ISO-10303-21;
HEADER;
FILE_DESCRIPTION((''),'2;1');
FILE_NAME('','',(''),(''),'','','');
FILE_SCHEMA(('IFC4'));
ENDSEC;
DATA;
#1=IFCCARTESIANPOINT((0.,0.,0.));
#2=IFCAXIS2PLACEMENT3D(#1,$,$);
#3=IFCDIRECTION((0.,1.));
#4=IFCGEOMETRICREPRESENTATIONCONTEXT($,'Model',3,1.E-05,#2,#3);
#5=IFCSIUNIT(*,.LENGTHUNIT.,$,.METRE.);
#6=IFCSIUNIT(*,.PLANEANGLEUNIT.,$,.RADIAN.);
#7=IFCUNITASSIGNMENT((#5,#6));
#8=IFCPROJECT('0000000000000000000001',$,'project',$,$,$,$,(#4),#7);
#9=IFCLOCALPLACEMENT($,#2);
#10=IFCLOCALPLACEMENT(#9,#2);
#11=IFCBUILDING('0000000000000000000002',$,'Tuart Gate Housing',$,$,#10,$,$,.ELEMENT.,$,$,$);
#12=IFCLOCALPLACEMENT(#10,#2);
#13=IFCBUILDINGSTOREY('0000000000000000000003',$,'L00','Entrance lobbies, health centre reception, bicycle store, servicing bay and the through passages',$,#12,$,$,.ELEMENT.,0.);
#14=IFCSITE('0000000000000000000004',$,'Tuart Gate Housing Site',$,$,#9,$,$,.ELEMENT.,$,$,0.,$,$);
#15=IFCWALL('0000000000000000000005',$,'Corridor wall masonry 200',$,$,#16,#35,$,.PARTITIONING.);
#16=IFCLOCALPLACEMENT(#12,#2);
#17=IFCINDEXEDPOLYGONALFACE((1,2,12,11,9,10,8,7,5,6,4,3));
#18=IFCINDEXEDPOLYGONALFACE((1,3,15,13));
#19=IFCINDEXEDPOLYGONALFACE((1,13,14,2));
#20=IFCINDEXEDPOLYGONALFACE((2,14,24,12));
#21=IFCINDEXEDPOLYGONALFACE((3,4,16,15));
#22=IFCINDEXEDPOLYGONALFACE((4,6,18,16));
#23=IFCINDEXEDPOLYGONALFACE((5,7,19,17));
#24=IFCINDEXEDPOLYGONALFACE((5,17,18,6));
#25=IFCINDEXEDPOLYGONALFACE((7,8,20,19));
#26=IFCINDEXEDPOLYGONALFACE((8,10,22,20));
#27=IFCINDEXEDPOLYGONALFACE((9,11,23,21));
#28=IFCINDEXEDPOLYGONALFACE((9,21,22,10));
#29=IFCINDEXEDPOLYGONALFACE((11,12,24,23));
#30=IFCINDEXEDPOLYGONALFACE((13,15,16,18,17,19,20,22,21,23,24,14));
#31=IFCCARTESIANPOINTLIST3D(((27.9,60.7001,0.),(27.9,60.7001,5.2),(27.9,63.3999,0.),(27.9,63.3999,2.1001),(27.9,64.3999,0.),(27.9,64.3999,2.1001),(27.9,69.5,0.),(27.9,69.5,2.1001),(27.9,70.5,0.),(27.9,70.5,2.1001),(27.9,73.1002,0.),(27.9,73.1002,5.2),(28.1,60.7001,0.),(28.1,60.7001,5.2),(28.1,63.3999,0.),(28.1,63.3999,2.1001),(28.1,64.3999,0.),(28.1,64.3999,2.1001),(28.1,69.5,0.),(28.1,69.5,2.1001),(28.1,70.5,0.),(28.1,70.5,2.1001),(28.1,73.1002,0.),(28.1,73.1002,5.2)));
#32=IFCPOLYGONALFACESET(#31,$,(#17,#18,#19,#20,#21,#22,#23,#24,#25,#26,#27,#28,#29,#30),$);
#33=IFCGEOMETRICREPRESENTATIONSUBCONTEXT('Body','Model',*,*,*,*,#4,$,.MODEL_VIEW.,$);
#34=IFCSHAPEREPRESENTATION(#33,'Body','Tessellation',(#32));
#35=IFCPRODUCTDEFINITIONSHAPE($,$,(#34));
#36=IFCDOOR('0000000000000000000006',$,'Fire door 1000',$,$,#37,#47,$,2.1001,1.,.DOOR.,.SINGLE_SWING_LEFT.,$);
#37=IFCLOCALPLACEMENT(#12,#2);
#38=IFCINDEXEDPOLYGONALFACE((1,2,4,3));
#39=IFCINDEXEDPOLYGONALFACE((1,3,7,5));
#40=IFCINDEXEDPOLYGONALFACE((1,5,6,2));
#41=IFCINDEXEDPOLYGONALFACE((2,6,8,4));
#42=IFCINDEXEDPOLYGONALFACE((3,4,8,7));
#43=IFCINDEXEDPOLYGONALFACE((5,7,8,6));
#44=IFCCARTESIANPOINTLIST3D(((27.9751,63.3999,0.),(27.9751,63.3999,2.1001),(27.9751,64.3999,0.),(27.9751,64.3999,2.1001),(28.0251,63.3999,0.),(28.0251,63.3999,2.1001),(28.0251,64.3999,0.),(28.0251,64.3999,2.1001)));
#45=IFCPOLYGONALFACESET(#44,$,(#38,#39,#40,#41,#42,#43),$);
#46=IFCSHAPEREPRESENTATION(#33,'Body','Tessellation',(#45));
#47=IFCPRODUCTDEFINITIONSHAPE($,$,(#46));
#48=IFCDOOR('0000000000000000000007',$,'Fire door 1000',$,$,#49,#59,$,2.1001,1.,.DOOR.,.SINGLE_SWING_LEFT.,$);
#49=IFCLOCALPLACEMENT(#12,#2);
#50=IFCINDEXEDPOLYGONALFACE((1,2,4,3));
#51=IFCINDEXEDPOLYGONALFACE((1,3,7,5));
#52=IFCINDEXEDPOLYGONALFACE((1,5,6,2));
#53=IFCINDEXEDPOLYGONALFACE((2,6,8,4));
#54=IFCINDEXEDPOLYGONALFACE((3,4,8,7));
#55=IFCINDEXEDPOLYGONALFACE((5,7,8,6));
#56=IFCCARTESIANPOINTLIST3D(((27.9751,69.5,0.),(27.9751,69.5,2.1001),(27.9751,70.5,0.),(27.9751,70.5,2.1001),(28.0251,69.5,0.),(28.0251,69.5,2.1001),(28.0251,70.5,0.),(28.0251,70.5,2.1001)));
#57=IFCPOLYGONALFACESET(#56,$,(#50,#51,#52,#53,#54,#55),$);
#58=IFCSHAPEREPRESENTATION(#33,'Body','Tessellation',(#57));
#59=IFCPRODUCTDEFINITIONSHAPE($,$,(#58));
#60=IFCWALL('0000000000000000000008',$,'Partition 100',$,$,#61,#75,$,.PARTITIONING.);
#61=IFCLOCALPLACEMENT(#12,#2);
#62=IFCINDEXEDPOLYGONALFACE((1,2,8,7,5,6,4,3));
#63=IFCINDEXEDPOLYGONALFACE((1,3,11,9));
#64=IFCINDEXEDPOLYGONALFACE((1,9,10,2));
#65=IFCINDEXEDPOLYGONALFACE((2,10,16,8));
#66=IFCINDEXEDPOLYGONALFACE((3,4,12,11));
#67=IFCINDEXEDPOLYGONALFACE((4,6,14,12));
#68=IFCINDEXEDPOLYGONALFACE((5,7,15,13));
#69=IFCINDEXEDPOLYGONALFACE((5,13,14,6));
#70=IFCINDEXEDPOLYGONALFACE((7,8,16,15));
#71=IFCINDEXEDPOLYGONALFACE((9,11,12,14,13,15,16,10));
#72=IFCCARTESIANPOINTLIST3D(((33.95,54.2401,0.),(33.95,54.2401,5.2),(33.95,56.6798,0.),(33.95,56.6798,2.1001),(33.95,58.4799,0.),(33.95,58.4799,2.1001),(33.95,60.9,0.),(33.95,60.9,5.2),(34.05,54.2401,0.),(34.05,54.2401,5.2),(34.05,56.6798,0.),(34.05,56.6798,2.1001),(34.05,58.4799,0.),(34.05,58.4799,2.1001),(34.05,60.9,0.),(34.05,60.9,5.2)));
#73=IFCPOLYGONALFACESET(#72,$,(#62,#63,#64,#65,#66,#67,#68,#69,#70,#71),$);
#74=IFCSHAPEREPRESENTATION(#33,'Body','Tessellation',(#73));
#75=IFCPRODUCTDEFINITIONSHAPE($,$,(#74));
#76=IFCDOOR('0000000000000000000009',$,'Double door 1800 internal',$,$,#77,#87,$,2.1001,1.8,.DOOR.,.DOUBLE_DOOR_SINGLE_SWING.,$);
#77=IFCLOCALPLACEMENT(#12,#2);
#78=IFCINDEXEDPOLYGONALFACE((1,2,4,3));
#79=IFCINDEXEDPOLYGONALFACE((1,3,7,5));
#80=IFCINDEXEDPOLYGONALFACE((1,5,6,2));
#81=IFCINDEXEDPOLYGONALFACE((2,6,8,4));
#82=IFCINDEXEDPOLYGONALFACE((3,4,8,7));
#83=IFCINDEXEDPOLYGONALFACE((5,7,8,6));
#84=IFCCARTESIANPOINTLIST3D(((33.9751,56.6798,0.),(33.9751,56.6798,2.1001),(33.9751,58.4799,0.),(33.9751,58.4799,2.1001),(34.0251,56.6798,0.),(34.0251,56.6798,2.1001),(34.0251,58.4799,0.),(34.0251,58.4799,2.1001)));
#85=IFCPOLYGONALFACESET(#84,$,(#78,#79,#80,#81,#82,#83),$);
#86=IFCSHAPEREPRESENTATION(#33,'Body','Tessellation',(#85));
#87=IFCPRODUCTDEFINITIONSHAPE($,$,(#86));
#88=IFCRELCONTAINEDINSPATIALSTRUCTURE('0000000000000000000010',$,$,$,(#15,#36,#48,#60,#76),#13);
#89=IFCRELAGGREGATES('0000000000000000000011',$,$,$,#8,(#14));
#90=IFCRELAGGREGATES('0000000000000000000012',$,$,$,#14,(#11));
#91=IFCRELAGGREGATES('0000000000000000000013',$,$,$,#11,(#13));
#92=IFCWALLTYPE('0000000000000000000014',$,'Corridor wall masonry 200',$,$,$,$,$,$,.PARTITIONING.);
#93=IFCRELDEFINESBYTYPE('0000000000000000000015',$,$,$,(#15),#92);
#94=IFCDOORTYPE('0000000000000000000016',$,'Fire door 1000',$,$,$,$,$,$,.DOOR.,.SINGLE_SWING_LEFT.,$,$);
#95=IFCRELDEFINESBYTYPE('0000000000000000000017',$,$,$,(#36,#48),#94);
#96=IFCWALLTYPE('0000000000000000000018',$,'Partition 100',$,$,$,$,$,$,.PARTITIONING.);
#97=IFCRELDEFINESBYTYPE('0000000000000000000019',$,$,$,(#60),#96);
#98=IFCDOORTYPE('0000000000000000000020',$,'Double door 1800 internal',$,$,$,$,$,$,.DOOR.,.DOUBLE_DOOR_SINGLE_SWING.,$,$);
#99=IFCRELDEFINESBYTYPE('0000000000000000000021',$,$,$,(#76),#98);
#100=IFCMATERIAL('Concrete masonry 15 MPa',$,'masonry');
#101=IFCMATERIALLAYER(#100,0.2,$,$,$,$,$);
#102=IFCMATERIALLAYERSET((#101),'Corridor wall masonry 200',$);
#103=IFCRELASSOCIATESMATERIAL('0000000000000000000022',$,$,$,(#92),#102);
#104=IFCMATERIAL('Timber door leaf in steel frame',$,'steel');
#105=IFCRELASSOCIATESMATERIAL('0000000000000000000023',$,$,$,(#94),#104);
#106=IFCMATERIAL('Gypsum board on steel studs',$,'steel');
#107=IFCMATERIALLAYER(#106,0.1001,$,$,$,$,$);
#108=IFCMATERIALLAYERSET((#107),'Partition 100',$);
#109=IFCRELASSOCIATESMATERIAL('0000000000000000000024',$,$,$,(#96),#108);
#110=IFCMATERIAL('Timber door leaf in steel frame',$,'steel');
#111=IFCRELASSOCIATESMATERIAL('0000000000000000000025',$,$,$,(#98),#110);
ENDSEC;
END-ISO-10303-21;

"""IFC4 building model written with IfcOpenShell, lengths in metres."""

from ifc_helpers import new_model, si_unit, direction, frame, frame_2d, origin, place, context, subcontext, project, spatial, rectangle, extrude, material, layer, layer_set, type_object, element, fill, save


model = new_model("IFC4")

# Units and contexts
model_context = context("Model", 3, precision=1e-05, world=origin(), true_north=direction((0.0, 1.0)))
body_context = subcontext(model_context, "Body", "Model", "MODEL_VIEW")
ifc_project = project(units=[si_unit("LENGTHUNIT", "METRE"), si_unit("PLANEANGLEUNIT", "RADIAN")], contexts=[model_context])

# Site, building, storey
site_placement = place(None, origin())
site = spatial("IfcSite", under=ifc_project, at=site_placement, Name="Tuart Gate Housing Site", CompositionType="ELEMENT", RefElevation=0.0)
building_placement = place(site_placement, origin())
building = spatial("IfcBuilding", under=site, at=building_placement, Name="Tuart Gate Housing", CompositionType="ELEMENT")
storey_placement = place(building_placement, origin())
storey = spatial("IfcBuildingStorey", under=building, at=storey_placement, Name="L00", Description="Entrance lobbies, health centre reception, bicycle store, servicing bay and the through passages", CompositionType="ELEMENT", Elevation=0.0)

# Shared definitions
ifc_material_1 = material(Name="Concrete masonry 15 MPa", Category="masonry")
ifc_layer_1 = layer(ifc_material_1, 0.2)
ifc_layer_set_1 = layer_set([ifc_layer_1], Name="Corridor wall masonry 200")
wall_type_1 = type_object("IfcWallType", Name="Corridor wall masonry 200", PredefinedType="PARTITIONING", material=ifc_layer_set_1)

# Wall, openings, doors
wall_1_placement = place(storey_placement, frame((28.0, 60.7, 0.0), z_axis=(0.0, 0.0, 1.0), x_axis=(0.0, 1.0, 0.0)))
wall_1 = element("IfcWall", 1, at=wall_1_placement, inside=storey, type_object=wall_type_1, Name="Corridor wall masonry 200", PredefinedType="PARTITIONING", context=body_context, shape_type="SweptSolid", body=[
    extrude(rectangle(XDim=12.4001, YDim=0.2, at=frame_2d((6.2002, 0.0))), origin(), (0.0, 0.0, 1.0), 5.2),
])
opening_1_placement = place(wall_1_placement, frame((2.7, 0.0, 0.0)))
opening_1 = element("IfcOpeningElement", 2, at=opening_1_placement, cuts=wall_1, PredefinedType="OPENING", context=body_context, shape_type="SweptSolid", body=[
    extrude(rectangle(XDim=1.0, YDim=2.1001, at=frame_2d((0.5, 1.05))), frame((0.0, 0.1099, 0.0), z_axis=(0.0, -1.0, 0.0), x_axis=(1.0, 0.0, 0.0)), (0.0, 0.0, 1.0), 0.22),
])
opening_2_placement = place(wall_1_placement, frame((8.8, 0.0, 0.0)))
opening_2 = element("IfcOpeningElement", 3, at=opening_2_placement, cuts=wall_1, PredefinedType="OPENING", context=body_context, shape_type="SweptSolid", body=[
    extrude(rectangle(XDim=1.0, YDim=2.1001, at=frame_2d((0.5, 1.05))), frame((0.0, 0.1099, 0.0), z_axis=(0.0, -1.0, 0.0), x_axis=(1.0, 0.0, 0.0)), (0.0, 0.0, 1.0), 0.22),
])
ifc_material_2 = material(Name="Timber door leaf in steel frame", Category="steel")
door_type_1 = type_object("IfcDoorType", Name="Fire door 1000", OperationType="SINGLE_SWING_LEFT", PredefinedType="DOOR", material=ifc_material_2)
door_1_placement = place(opening_1_placement, origin())
door_1 = element("IfcDoor", 4, at=door_1_placement, inside=storey, type_object=door_type_1, Name="Fire door 1000", OperationType="SINGLE_SWING_LEFT", OverallHeight=2.1001, OverallWidth=1.0, PredefinedType="DOOR", context=body_context, shape_type="SweptSolid", body=[
    extrude(rectangle(XDim=1.0, YDim=2.1001, at=frame_2d((0.5, 1.05))), frame((0.0, 0.0249, 0.0), z_axis=(0.0, -1.0, 0.0), x_axis=(1.0, 0.0, 0.0)), (0.0, 0.0, 1.0), 0.05),
])
fill(opening_1, door_1)
door_2_placement = place(opening_2_placement, origin())
door_2 = element("IfcDoor", 5, at=door_2_placement, inside=storey, type_object=door_type_1, Name="Fire door 1000", OperationType="SINGLE_SWING_LEFT", OverallHeight=2.1001, OverallWidth=1.0, PredefinedType="DOOR", context=body_context, shape_type="SweptSolid", body=[
    extrude(rectangle(XDim=1.0, YDim=2.1001, at=frame_2d((0.5, 1.05))), frame((0.0, 0.0249, 0.0), z_axis=(0.0, -1.0, 0.0), x_axis=(1.0, 0.0, 0.0)), (0.0, 0.0, 1.0), 0.05),
])
fill(opening_2, door_2)

# Wall, opening, door
ifc_material_3 = material(Name="Gypsum board on steel studs", Category="steel")
ifc_layer_2 = layer(ifc_material_3, 0.1001)
ifc_layer_set_2 = layer_set([ifc_layer_2], Name="Partition 100")
wall_type_2 = type_object("IfcWallType", Name="Partition 100", PredefinedType="PARTITIONING", material=ifc_layer_set_2)
wall_2_placement = place(storey_placement, frame((34.0, 54.24, 0.0), z_axis=(0.0, 0.0, 1.0), x_axis=(0.0, 1.0, 0.0)))
wall_2 = element("IfcWall", 6, at=wall_2_placement, inside=storey, type_object=wall_type_2, Name="Partition 100", PredefinedType="PARTITIONING", context=body_context, shape_type="SweptSolid", body=[
    extrude(rectangle(XDim=6.6599, YDim=0.1001, at=frame_2d((3.3301, 0.0))), origin(), (0.0, 0.0, 1.0), 5.2),
])
opening_3_placement = place(wall_2_placement, frame((2.4399, 0.0, 0.0)))
opening_3 = element("IfcOpeningElement", 7, at=opening_3_placement, cuts=wall_2, PredefinedType="OPENING", context=body_context, shape_type="SweptSolid", body=[
    extrude(rectangle(XDim=1.8, YDim=2.1001, at=frame_2d((0.8999, 1.05))), frame((0.0, 0.0601, 0.0), z_axis=(0.0, -1.0, 0.0), x_axis=(1.0, 0.0, 0.0)), (0.0, 0.0, 1.0), 0.1201),
])
ifc_material_4 = material(Name="Timber door leaf in steel frame", Category="steel")
door_type_2 = type_object("IfcDoorType", Name="Double door 1800 internal", OperationType="DOUBLE_DOOR_SINGLE_SWING", PredefinedType="DOOR", material=ifc_material_4)
door_3_placement = place(opening_3_placement, frame((1.8, 0.0, 0.0), z_axis=(0.0, 0.0, 1.0), x_axis=(-1.0, 0.0, 0.0)))
door_3 = element("IfcDoor", 8, at=door_3_placement, inside=storey, type_object=door_type_2, Name="Double door 1800 internal", OperationType="DOUBLE_DOOR_SINGLE_SWING", OverallHeight=2.1001, OverallWidth=1.8, PredefinedType="DOOR", context=body_context, shape_type="SweptSolid", body=[
    extrude(rectangle(XDim=1.8, YDim=2.1001, at=frame_2d((0.9001, 1.05))), frame((0.0, 0.0251, 0.0), z_axis=(0.0, -1.0, 0.0), x_axis=(1.0, 0.0, 0.0)), (0.0, 0.0, 1.0), 0.05),
])
fill(opening_3, door_3)

save(model, "model.ifc")
